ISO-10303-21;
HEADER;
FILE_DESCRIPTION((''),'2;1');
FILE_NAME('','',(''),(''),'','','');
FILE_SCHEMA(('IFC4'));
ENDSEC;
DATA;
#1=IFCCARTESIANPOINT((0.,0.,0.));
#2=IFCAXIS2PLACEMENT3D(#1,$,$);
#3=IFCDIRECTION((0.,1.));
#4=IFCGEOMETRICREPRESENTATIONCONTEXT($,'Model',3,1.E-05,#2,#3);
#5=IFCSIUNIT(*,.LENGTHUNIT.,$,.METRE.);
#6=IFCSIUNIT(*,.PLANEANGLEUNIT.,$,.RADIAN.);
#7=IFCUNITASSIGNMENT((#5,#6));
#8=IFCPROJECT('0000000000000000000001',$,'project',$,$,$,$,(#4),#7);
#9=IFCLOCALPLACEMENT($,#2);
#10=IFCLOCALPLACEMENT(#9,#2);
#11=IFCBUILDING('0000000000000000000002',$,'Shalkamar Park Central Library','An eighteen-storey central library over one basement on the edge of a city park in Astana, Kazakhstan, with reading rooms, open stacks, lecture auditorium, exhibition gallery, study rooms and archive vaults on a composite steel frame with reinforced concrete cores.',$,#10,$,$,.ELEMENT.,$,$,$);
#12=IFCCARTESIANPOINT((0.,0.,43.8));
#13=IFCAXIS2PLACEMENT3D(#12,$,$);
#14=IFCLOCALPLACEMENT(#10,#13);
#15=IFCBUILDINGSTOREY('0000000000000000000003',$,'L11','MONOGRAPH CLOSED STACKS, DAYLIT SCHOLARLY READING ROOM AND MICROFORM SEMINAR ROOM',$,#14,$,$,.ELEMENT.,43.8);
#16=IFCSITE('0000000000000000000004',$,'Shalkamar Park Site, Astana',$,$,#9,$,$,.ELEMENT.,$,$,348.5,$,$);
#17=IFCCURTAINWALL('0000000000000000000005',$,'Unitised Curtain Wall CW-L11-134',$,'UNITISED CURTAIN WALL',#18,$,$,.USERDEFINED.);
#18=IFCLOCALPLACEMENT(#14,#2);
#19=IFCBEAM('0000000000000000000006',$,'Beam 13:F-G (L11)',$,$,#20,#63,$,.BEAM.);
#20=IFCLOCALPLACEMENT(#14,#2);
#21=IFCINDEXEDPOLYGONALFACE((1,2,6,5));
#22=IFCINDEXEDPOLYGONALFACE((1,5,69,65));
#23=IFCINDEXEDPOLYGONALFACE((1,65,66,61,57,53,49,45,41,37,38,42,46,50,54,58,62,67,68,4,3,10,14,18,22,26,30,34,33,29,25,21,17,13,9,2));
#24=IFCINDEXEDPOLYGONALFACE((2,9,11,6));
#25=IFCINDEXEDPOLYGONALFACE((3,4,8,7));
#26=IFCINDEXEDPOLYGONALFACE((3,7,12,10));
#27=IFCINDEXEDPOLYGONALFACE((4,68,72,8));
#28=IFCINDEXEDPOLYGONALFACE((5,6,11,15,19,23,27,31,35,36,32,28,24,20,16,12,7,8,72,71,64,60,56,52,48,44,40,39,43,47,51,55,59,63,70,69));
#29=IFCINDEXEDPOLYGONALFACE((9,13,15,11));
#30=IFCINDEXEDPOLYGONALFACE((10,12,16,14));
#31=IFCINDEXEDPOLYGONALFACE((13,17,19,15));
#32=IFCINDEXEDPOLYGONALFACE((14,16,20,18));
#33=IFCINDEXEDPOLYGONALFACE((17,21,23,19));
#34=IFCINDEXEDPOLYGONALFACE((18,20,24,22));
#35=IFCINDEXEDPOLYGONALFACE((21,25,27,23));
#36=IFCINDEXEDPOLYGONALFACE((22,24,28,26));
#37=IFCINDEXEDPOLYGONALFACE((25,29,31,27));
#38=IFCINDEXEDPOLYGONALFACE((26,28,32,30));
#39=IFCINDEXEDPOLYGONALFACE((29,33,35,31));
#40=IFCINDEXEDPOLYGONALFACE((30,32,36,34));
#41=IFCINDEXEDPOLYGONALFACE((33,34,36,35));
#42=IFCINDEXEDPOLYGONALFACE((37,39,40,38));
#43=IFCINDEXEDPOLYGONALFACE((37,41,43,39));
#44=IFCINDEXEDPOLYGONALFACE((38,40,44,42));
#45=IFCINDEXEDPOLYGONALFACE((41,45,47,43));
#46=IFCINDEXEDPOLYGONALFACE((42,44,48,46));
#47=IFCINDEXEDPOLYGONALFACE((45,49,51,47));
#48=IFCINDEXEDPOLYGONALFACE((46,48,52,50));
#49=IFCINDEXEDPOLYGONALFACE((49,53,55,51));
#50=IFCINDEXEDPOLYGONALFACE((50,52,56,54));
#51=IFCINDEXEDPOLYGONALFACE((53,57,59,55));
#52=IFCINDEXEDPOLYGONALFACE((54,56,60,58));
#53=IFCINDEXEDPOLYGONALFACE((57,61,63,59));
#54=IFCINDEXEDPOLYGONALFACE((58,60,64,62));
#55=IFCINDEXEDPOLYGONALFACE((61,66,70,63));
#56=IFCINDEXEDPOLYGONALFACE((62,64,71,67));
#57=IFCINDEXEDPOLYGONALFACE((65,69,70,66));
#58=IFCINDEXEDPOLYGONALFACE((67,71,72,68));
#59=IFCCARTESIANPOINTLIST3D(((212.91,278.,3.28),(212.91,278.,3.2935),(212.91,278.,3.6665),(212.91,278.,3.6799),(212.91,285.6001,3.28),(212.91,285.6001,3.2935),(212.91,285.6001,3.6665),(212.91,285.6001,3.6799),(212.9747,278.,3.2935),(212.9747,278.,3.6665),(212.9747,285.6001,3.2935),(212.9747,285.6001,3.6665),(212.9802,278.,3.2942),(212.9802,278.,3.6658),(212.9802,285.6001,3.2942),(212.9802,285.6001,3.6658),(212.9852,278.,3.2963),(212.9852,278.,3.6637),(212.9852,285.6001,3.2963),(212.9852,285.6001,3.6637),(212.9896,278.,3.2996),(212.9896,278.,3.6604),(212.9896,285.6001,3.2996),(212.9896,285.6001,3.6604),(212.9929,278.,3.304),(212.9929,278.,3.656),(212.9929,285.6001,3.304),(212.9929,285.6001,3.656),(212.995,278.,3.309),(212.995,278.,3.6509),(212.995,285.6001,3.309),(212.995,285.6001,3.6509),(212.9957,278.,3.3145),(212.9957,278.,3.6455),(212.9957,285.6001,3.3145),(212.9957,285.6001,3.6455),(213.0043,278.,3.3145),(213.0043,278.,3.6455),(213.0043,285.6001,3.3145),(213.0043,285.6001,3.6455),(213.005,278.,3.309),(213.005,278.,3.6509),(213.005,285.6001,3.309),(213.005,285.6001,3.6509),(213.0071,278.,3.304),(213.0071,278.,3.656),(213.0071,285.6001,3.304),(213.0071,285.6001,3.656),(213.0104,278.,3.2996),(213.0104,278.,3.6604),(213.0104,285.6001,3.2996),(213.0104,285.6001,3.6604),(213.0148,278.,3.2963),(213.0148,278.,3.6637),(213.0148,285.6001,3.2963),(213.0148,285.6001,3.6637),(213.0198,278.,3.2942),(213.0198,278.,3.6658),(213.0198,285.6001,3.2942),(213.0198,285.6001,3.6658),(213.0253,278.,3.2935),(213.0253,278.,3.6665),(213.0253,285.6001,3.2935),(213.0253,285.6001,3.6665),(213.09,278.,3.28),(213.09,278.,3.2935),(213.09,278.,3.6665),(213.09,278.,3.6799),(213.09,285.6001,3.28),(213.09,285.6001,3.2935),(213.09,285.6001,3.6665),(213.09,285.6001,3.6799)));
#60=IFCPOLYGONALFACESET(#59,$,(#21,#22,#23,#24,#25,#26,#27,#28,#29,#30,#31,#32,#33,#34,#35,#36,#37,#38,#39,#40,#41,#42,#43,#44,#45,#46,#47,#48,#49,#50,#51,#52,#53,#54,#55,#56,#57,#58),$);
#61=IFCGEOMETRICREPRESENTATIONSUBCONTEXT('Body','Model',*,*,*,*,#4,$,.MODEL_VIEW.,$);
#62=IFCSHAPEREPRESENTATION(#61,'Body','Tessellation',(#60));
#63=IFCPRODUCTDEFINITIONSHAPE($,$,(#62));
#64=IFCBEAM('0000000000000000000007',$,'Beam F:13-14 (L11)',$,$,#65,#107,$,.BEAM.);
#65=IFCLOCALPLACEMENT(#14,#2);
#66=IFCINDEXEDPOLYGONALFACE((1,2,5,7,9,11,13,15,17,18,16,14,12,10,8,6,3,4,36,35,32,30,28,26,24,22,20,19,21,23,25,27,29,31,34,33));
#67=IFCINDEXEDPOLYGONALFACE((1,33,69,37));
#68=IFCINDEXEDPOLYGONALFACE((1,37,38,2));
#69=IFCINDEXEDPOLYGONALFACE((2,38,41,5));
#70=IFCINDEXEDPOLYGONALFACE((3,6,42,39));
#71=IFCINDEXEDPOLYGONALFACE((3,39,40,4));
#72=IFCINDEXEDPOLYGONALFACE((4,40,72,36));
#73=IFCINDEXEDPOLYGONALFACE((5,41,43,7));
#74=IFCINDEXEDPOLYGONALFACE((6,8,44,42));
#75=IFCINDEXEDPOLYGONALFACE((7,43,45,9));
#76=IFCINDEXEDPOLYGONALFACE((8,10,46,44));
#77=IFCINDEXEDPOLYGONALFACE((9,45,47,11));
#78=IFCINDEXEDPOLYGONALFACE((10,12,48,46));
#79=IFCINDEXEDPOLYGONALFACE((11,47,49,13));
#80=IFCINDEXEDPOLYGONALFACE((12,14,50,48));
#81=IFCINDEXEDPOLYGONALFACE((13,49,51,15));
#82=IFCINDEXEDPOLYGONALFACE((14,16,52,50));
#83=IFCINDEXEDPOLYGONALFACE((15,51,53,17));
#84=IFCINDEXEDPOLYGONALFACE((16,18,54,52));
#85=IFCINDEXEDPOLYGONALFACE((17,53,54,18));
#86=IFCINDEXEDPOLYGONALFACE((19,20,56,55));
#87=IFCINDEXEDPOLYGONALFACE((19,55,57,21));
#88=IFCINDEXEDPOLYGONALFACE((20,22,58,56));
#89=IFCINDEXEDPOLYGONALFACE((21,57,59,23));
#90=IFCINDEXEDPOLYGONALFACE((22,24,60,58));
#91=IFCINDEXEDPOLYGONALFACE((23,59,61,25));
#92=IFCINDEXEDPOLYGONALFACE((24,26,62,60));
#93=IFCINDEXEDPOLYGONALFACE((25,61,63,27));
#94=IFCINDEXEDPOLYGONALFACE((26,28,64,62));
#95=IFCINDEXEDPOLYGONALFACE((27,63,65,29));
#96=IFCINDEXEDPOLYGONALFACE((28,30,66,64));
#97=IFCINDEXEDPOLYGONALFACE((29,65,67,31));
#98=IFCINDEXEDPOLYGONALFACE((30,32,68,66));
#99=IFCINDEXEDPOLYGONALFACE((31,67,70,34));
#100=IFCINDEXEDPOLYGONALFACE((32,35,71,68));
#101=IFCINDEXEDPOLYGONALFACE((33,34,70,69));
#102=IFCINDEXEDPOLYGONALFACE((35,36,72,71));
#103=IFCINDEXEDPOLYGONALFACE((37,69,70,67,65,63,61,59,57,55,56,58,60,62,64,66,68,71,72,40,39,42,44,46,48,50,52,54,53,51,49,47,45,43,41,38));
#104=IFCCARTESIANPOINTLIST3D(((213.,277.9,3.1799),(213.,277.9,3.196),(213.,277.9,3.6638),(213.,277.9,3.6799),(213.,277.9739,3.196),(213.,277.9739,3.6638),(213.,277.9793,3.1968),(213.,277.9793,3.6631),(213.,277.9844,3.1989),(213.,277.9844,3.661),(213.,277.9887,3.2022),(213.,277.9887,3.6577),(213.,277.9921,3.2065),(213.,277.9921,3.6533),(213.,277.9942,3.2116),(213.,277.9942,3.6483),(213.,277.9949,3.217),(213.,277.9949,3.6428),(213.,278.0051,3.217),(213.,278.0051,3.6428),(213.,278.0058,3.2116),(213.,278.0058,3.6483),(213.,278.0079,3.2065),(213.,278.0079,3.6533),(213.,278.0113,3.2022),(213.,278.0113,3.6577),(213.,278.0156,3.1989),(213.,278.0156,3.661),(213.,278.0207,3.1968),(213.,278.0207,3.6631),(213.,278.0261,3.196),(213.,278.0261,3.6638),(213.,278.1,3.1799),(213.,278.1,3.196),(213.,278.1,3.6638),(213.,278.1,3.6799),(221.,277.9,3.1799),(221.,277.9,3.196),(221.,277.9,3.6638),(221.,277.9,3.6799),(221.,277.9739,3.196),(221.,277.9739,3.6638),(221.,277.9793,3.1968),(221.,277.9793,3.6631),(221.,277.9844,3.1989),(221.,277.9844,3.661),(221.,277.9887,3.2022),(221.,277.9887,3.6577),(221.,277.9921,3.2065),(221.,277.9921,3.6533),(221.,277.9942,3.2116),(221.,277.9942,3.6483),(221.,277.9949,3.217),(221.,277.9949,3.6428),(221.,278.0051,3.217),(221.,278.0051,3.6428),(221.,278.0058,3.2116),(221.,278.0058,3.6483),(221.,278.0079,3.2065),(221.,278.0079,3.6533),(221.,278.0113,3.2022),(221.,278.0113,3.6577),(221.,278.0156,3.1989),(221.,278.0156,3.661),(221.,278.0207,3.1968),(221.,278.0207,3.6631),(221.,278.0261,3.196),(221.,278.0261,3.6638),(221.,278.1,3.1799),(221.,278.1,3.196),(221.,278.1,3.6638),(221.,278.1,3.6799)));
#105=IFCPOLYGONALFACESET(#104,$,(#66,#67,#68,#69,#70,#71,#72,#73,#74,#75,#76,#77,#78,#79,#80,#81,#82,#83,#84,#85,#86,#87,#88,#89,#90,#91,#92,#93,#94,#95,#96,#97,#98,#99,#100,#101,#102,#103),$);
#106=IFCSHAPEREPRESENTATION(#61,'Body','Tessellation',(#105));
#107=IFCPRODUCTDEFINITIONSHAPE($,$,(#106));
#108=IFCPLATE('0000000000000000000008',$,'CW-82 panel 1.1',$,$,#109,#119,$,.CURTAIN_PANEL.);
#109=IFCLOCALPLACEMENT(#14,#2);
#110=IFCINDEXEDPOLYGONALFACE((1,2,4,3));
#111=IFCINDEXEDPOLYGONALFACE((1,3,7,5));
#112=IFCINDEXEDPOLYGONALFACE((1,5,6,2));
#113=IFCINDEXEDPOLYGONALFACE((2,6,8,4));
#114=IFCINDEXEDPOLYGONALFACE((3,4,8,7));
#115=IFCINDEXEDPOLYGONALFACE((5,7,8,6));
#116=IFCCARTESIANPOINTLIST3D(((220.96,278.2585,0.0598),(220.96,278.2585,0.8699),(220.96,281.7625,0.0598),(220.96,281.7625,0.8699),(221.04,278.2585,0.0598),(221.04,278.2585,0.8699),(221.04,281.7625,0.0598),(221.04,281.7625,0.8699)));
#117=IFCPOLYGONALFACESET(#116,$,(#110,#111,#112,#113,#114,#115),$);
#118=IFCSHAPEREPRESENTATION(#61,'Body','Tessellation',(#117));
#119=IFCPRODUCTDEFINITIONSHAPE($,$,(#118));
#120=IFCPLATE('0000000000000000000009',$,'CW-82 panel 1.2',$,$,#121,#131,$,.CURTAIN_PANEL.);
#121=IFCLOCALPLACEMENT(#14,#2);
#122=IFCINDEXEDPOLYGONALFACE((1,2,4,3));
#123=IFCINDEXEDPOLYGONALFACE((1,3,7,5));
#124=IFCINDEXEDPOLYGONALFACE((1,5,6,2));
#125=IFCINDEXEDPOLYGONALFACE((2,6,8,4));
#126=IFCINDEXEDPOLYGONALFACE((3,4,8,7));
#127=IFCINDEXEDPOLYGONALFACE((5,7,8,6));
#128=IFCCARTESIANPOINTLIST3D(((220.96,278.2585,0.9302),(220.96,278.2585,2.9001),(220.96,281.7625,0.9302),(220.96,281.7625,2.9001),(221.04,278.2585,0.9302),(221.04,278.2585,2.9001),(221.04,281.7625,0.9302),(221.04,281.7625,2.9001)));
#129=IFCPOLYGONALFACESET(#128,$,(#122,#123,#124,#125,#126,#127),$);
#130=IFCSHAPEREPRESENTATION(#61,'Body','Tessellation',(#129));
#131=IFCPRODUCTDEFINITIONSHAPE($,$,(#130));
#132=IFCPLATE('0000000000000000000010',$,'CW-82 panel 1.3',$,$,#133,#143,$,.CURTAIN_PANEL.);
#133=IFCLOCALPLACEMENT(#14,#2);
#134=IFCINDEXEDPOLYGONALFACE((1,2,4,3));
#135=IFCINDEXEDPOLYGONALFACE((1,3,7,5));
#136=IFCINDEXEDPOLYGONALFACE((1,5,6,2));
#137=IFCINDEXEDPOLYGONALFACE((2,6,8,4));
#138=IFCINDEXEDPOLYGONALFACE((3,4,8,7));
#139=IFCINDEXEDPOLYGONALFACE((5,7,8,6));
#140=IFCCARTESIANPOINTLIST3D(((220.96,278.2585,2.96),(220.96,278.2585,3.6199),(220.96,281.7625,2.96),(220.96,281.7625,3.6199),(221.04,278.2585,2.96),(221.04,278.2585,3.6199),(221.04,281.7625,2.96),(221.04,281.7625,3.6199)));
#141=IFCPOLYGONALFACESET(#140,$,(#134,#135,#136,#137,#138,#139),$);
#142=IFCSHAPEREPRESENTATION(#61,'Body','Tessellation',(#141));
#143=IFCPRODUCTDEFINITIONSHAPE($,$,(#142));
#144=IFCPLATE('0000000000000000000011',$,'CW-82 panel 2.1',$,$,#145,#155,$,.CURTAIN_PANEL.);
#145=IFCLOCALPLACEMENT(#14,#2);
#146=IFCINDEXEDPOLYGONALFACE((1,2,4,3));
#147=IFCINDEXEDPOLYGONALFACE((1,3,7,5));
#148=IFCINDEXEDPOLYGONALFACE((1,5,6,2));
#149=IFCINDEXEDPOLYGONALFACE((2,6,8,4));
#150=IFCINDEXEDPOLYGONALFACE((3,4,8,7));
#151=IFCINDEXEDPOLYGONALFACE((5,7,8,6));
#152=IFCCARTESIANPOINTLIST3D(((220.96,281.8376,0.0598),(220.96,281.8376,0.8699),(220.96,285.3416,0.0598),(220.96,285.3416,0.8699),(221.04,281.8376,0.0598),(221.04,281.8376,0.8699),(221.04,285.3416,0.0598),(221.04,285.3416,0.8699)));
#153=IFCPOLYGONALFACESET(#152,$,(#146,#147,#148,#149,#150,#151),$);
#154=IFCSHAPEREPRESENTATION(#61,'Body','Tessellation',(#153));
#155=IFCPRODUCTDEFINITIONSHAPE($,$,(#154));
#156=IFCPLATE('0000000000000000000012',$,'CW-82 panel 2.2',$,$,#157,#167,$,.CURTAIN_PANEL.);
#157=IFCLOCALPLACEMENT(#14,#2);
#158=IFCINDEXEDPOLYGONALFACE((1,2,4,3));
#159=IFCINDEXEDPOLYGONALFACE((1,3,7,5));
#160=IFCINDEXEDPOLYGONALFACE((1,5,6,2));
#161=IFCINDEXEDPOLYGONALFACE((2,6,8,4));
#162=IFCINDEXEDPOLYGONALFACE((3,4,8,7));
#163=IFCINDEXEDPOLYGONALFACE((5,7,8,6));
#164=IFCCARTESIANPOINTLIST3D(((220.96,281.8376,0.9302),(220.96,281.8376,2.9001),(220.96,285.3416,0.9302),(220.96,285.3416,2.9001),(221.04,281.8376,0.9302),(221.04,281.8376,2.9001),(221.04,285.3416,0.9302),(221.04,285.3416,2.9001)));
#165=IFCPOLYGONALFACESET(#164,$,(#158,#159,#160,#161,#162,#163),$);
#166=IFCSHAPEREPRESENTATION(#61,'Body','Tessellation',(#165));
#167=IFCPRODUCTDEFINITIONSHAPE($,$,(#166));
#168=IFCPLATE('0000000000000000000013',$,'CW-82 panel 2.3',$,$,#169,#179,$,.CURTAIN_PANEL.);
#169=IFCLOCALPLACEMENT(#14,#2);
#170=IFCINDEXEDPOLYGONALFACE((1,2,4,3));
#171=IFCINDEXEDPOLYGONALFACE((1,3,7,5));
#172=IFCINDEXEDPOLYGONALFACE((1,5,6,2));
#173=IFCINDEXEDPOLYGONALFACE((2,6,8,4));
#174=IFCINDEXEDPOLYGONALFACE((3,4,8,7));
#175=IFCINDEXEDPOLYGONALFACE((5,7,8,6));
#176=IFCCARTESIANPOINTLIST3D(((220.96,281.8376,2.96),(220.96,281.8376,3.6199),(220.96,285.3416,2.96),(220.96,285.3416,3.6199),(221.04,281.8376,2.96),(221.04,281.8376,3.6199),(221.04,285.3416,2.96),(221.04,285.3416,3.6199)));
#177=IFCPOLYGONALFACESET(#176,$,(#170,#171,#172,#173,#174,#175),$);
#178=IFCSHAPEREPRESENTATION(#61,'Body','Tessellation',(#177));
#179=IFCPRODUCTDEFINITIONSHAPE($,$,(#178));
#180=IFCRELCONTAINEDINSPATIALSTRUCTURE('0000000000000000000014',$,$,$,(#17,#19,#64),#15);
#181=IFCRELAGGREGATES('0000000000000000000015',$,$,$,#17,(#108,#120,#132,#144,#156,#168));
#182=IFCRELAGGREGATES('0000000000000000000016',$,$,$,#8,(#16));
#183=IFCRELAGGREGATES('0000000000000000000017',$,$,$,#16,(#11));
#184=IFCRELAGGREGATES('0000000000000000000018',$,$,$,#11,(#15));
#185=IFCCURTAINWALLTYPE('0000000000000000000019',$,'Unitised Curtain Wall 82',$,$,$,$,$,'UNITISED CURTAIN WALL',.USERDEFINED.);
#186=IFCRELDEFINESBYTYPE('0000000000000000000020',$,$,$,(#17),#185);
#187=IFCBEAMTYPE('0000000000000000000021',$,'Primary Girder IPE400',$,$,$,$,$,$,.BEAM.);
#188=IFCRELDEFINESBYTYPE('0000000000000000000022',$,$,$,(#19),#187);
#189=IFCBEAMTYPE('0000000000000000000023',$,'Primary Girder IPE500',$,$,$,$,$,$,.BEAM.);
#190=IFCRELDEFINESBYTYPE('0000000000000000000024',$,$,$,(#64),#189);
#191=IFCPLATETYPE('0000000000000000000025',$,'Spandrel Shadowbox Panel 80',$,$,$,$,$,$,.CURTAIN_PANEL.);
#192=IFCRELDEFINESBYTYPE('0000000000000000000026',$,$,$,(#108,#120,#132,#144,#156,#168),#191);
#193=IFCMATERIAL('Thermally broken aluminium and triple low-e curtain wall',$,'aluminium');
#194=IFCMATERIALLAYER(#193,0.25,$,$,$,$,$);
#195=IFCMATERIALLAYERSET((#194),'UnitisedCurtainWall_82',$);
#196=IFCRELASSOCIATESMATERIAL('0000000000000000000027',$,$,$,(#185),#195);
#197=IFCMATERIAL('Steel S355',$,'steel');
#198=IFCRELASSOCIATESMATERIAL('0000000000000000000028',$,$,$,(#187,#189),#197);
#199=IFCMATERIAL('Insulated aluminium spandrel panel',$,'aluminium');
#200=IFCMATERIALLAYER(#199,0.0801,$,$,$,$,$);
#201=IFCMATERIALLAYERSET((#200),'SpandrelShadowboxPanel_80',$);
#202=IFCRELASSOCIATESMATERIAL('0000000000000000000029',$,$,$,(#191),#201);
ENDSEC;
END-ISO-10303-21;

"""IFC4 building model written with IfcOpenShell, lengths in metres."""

from ifc_helpers import new_model, si_unit, direction, frame, origin, origin_2d, place, context, subcontext, project, spatial, rectangle, i_section, extrude, material, layer, layer_set, material_profile, profile_set, type_object, element, aggregate, save


model = new_model("IFC4")

# Units and contexts
model_context = context("Model", 3, precision=1e-05, world=origin(), true_north=direction((0.0, 1.0)))
body_context = subcontext(model_context, "Body", "Model", "MODEL_VIEW")
ifc_project = project(units=[si_unit("LENGTHUNIT", "METRE"), si_unit("PLANEANGLEUNIT", "RADIAN")], contexts=[model_context])

# Site, building, storey
site_placement = place(None, origin())
site = spatial("IfcSite", under=ifc_project, at=site_placement, Name="Shalkamar Park Site, Astana", CompositionType="ELEMENT", RefElevation=348.5)
building_placement = place(site_placement, origin())
building = spatial("IfcBuilding", under=site, at=building_placement, Name="Shalkamar Park Central Library", Description="An eighteen-storey central library over one basement on the edge of a city park in Astana, Kazakhstan, with reading rooms, open stacks, lecture auditorium, exhibition gallery, study rooms and archive vaults on a composite steel frame with reinforced concrete cores.", CompositionType="ELEMENT")
storey_placement = place(building_placement, frame((0.0, 0.0, 43.8)))
storey = spatial("IfcBuildingStorey", under=building, at=storey_placement, Name="L11", Description="MONOGRAPH CLOSED STACKS, DAYLIT SCHOLARLY READING ROOM AND MICROFORM SEMINAR ROOM", CompositionType="ELEMENT", Elevation=43.8)

# Shared definitions
ifc_material_1 = material(Name="Steel S355", Category="steel")

# Curtain wall
ifc_material_2 = material(Name="Thermally broken aluminium and triple low-e curtain wall", Category="aluminium")
ifc_layer_1 = layer(ifc_material_2, 0.25)
ifc_layer_set_1 = layer_set([ifc_layer_1], Name="UnitisedCurtainWall_82")
curtain_wall_type_1 = type_object("IfcCurtainWallType", Name="Unitised Curtain Wall 82", ElementType="UNITISED CURTAIN WALL", PredefinedType="USERDEFINED", material=ifc_layer_set_1)
curtain_wall_1_placement = place(storey_placement, origin())
curtain_wall_1 = element("IfcCurtainWall", 1, at=curtain_wall_1_placement, inside=storey, type_object=curtain_wall_type_1, Name="Unitised Curtain Wall CW-L11-134", ObjectType="UNITISED CURTAIN WALL", PredefinedType="USERDEFINED")

# Beams
ifc_material_profile_1 = material_profile(ifc_material_1, i_section(OverallWidth=0.1799, OverallDepth=0.3999, WebThickness=0.0085, FlangeThickness=0.0134, FilletRadius=0.021, at=origin_2d()), Name="IPE 400")
ifc_profile_set_1 = profile_set([ifc_material_profile_1], Name="Steel S355")
beam_type_1 = type_object("IfcBeamType", Name="Primary Girder IPE400", PredefinedType="BEAM", material=ifc_profile_set_1)
beam_1_placement = place(storey_placement, frame((213.0, 278.0, 3.48), z_axis=(0.0, 1.0, 0.0), x_axis=(-1.0, 0.0, 0.0)))
element("IfcBeam", 2, at=beam_1_placement, inside=storey, type_object=beam_type_1, Name="Beam 13:F-G (L11)", PredefinedType="BEAM", context=body_context, shape_type="SweptSolid", body=[
    extrude(i_section(OverallWidth=0.1799, OverallDepth=0.3999, WebThickness=0.0085, FlangeThickness=0.0134, FilletRadius=0.021, at=origin_2d()), origin(), (0.0, 0.0, 1.0), 7.6001),
])
ifc_material_profile_2 = material_profile(ifc_material_1, i_section(OverallWidth=0.2, OverallDepth=0.5, WebThickness=0.0103, FlangeThickness=0.0161, FilletRadius=0.021, at=origin_2d()), Name="IPE 500")
ifc_profile_set_2 = profile_set([ifc_material_profile_2], Name="Steel S355")
beam_type_2 = type_object("IfcBeamType", Name="Primary Girder IPE500", PredefinedType="BEAM", material=ifc_profile_set_2)
beam_2_placement = place(storey_placement, frame((213.0, 278.0, 3.4299), z_axis=(1.0, 0.0, 0.0), x_axis=(0.0, 1.0, 0.0)))
element("IfcBeam", 3, at=beam_2_placement, inside=storey, type_object=beam_type_2, Name="Beam F:13-14 (L11)", PredefinedType="BEAM", context=body_context, shape_type="SweptSolid", body=[
    extrude(i_section(OverallWidth=0.2, OverallDepth=0.5, WebThickness=0.0103, FlangeThickness=0.0161, FilletRadius=0.021, at=origin_2d()), origin(), (0.0, 0.0, 1.0), 8.0),
])

# Plates
ifc_material_3 = material(Name="Insulated aluminium spandrel panel", Category="aluminium")
ifc_layer_2 = layer(ifc_material_3, 0.0801)
ifc_layer_set_2 = layer_set([ifc_layer_2], Name="SpandrelShadowboxPanel_80")
plate_type = type_object("IfcPlateType", Name="Spandrel Shadowbox Panel 80", PredefinedType="CURTAIN_PANEL", material=ifc_layer_set_2)
plate_1_placement = place(storey_placement, frame((221.0, 280.0105, 0.0598), z_axis=(0.0, 0.0, 1.0), x_axis=(0.0, 1.0, 0.0)))
plate_1 = element("IfcPlate", 4, at=plate_1_placement, type_object=plate_type, Name="CW-82 panel 1.1", PredefinedType="CURTAIN_PANEL", context=body_context, shape_type="SweptSolid", body=[
    extrude(rectangle(XDim=3.5039, YDim=0.0801, at=origin_2d()), origin(), (0.0, 0.0, 1.0), 0.8101),
])
plate_2_placement = place(storey_placement, frame((221.0, 280.0105, 0.9302), z_axis=(0.0, 0.0, 1.0), x_axis=(0.0, 1.0, 0.0)))
plate_2 = element("IfcPlate", 5, at=plate_2_placement, type_object=plate_type, Name="CW-82 panel 1.2", PredefinedType="CURTAIN_PANEL", context=body_context, shape_type="SweptSolid", body=[
    extrude(rectangle(XDim=3.5039, YDim=0.0801, at=origin_2d()), origin(), (0.0, 0.0, 1.0), 1.97),
])
plate_3_placement = place(storey_placement, frame((221.0, 280.0105, 2.96), z_axis=(0.0, 0.0, 1.0), x_axis=(0.0, 1.0, 0.0)))
plate_3 = element("IfcPlate", 6, at=plate_3_placement, type_object=plate_type, Name="CW-82 panel 1.3", PredefinedType="CURTAIN_PANEL", context=body_context, shape_type="SweptSolid", body=[
    extrude(rectangle(XDim=3.5039, YDim=0.0801, at=origin_2d()), origin(), (0.0, 0.0, 1.0), 0.6599),
])
plate_4_placement = place(storey_placement, frame((221.0, 283.5896, 0.0598), z_axis=(0.0, 0.0, 1.0), x_axis=(0.0, 1.0, 0.0)))
plate_4 = element("IfcPlate", 7, at=plate_4_placement, type_object=plate_type, Name="CW-82 panel 2.1", PredefinedType="CURTAIN_PANEL", context=body_context, shape_type="SweptSolid", body=[
    extrude(rectangle(XDim=3.5039, YDim=0.0801, at=origin_2d()), origin(), (0.0, 0.0, 1.0), 0.8101),
])
plate_5_placement = place(storey_placement, frame((221.0, 283.5896, 0.9302), z_axis=(0.0, 0.0, 1.0), x_axis=(0.0, 1.0, 0.0)))
plate_5 = element("IfcPlate", 8, at=plate_5_placement, type_object=plate_type, Name="CW-82 panel 2.2", PredefinedType="CURTAIN_PANEL", context=body_context, shape_type="SweptSolid", body=[
    extrude(rectangle(XDim=3.5039, YDim=0.0801, at=origin_2d()), origin(), (0.0, 0.0, 1.0), 1.97),
])
plate_6_placement = place(storey_placement, frame((221.0, 283.5896, 2.96), z_axis=(0.0, 0.0, 1.0), x_axis=(0.0, 1.0, 0.0)))
plate_6 = element("IfcPlate", 9, at=plate_6_placement, type_object=plate_type, Name="CW-82 panel 2.3", PredefinedType="CURTAIN_PANEL", context=body_context, shape_type="SweptSolid", body=[
    extrude(rectangle(XDim=3.5039, YDim=0.0801, at=origin_2d()), origin(), (0.0, 0.0, 1.0), 0.6599),
])
aggregate(curtain_wall_1, [plate_1, plate_2, plate_3, plate_4, plate_5, plate_6])

save(model, "model.ifc")
